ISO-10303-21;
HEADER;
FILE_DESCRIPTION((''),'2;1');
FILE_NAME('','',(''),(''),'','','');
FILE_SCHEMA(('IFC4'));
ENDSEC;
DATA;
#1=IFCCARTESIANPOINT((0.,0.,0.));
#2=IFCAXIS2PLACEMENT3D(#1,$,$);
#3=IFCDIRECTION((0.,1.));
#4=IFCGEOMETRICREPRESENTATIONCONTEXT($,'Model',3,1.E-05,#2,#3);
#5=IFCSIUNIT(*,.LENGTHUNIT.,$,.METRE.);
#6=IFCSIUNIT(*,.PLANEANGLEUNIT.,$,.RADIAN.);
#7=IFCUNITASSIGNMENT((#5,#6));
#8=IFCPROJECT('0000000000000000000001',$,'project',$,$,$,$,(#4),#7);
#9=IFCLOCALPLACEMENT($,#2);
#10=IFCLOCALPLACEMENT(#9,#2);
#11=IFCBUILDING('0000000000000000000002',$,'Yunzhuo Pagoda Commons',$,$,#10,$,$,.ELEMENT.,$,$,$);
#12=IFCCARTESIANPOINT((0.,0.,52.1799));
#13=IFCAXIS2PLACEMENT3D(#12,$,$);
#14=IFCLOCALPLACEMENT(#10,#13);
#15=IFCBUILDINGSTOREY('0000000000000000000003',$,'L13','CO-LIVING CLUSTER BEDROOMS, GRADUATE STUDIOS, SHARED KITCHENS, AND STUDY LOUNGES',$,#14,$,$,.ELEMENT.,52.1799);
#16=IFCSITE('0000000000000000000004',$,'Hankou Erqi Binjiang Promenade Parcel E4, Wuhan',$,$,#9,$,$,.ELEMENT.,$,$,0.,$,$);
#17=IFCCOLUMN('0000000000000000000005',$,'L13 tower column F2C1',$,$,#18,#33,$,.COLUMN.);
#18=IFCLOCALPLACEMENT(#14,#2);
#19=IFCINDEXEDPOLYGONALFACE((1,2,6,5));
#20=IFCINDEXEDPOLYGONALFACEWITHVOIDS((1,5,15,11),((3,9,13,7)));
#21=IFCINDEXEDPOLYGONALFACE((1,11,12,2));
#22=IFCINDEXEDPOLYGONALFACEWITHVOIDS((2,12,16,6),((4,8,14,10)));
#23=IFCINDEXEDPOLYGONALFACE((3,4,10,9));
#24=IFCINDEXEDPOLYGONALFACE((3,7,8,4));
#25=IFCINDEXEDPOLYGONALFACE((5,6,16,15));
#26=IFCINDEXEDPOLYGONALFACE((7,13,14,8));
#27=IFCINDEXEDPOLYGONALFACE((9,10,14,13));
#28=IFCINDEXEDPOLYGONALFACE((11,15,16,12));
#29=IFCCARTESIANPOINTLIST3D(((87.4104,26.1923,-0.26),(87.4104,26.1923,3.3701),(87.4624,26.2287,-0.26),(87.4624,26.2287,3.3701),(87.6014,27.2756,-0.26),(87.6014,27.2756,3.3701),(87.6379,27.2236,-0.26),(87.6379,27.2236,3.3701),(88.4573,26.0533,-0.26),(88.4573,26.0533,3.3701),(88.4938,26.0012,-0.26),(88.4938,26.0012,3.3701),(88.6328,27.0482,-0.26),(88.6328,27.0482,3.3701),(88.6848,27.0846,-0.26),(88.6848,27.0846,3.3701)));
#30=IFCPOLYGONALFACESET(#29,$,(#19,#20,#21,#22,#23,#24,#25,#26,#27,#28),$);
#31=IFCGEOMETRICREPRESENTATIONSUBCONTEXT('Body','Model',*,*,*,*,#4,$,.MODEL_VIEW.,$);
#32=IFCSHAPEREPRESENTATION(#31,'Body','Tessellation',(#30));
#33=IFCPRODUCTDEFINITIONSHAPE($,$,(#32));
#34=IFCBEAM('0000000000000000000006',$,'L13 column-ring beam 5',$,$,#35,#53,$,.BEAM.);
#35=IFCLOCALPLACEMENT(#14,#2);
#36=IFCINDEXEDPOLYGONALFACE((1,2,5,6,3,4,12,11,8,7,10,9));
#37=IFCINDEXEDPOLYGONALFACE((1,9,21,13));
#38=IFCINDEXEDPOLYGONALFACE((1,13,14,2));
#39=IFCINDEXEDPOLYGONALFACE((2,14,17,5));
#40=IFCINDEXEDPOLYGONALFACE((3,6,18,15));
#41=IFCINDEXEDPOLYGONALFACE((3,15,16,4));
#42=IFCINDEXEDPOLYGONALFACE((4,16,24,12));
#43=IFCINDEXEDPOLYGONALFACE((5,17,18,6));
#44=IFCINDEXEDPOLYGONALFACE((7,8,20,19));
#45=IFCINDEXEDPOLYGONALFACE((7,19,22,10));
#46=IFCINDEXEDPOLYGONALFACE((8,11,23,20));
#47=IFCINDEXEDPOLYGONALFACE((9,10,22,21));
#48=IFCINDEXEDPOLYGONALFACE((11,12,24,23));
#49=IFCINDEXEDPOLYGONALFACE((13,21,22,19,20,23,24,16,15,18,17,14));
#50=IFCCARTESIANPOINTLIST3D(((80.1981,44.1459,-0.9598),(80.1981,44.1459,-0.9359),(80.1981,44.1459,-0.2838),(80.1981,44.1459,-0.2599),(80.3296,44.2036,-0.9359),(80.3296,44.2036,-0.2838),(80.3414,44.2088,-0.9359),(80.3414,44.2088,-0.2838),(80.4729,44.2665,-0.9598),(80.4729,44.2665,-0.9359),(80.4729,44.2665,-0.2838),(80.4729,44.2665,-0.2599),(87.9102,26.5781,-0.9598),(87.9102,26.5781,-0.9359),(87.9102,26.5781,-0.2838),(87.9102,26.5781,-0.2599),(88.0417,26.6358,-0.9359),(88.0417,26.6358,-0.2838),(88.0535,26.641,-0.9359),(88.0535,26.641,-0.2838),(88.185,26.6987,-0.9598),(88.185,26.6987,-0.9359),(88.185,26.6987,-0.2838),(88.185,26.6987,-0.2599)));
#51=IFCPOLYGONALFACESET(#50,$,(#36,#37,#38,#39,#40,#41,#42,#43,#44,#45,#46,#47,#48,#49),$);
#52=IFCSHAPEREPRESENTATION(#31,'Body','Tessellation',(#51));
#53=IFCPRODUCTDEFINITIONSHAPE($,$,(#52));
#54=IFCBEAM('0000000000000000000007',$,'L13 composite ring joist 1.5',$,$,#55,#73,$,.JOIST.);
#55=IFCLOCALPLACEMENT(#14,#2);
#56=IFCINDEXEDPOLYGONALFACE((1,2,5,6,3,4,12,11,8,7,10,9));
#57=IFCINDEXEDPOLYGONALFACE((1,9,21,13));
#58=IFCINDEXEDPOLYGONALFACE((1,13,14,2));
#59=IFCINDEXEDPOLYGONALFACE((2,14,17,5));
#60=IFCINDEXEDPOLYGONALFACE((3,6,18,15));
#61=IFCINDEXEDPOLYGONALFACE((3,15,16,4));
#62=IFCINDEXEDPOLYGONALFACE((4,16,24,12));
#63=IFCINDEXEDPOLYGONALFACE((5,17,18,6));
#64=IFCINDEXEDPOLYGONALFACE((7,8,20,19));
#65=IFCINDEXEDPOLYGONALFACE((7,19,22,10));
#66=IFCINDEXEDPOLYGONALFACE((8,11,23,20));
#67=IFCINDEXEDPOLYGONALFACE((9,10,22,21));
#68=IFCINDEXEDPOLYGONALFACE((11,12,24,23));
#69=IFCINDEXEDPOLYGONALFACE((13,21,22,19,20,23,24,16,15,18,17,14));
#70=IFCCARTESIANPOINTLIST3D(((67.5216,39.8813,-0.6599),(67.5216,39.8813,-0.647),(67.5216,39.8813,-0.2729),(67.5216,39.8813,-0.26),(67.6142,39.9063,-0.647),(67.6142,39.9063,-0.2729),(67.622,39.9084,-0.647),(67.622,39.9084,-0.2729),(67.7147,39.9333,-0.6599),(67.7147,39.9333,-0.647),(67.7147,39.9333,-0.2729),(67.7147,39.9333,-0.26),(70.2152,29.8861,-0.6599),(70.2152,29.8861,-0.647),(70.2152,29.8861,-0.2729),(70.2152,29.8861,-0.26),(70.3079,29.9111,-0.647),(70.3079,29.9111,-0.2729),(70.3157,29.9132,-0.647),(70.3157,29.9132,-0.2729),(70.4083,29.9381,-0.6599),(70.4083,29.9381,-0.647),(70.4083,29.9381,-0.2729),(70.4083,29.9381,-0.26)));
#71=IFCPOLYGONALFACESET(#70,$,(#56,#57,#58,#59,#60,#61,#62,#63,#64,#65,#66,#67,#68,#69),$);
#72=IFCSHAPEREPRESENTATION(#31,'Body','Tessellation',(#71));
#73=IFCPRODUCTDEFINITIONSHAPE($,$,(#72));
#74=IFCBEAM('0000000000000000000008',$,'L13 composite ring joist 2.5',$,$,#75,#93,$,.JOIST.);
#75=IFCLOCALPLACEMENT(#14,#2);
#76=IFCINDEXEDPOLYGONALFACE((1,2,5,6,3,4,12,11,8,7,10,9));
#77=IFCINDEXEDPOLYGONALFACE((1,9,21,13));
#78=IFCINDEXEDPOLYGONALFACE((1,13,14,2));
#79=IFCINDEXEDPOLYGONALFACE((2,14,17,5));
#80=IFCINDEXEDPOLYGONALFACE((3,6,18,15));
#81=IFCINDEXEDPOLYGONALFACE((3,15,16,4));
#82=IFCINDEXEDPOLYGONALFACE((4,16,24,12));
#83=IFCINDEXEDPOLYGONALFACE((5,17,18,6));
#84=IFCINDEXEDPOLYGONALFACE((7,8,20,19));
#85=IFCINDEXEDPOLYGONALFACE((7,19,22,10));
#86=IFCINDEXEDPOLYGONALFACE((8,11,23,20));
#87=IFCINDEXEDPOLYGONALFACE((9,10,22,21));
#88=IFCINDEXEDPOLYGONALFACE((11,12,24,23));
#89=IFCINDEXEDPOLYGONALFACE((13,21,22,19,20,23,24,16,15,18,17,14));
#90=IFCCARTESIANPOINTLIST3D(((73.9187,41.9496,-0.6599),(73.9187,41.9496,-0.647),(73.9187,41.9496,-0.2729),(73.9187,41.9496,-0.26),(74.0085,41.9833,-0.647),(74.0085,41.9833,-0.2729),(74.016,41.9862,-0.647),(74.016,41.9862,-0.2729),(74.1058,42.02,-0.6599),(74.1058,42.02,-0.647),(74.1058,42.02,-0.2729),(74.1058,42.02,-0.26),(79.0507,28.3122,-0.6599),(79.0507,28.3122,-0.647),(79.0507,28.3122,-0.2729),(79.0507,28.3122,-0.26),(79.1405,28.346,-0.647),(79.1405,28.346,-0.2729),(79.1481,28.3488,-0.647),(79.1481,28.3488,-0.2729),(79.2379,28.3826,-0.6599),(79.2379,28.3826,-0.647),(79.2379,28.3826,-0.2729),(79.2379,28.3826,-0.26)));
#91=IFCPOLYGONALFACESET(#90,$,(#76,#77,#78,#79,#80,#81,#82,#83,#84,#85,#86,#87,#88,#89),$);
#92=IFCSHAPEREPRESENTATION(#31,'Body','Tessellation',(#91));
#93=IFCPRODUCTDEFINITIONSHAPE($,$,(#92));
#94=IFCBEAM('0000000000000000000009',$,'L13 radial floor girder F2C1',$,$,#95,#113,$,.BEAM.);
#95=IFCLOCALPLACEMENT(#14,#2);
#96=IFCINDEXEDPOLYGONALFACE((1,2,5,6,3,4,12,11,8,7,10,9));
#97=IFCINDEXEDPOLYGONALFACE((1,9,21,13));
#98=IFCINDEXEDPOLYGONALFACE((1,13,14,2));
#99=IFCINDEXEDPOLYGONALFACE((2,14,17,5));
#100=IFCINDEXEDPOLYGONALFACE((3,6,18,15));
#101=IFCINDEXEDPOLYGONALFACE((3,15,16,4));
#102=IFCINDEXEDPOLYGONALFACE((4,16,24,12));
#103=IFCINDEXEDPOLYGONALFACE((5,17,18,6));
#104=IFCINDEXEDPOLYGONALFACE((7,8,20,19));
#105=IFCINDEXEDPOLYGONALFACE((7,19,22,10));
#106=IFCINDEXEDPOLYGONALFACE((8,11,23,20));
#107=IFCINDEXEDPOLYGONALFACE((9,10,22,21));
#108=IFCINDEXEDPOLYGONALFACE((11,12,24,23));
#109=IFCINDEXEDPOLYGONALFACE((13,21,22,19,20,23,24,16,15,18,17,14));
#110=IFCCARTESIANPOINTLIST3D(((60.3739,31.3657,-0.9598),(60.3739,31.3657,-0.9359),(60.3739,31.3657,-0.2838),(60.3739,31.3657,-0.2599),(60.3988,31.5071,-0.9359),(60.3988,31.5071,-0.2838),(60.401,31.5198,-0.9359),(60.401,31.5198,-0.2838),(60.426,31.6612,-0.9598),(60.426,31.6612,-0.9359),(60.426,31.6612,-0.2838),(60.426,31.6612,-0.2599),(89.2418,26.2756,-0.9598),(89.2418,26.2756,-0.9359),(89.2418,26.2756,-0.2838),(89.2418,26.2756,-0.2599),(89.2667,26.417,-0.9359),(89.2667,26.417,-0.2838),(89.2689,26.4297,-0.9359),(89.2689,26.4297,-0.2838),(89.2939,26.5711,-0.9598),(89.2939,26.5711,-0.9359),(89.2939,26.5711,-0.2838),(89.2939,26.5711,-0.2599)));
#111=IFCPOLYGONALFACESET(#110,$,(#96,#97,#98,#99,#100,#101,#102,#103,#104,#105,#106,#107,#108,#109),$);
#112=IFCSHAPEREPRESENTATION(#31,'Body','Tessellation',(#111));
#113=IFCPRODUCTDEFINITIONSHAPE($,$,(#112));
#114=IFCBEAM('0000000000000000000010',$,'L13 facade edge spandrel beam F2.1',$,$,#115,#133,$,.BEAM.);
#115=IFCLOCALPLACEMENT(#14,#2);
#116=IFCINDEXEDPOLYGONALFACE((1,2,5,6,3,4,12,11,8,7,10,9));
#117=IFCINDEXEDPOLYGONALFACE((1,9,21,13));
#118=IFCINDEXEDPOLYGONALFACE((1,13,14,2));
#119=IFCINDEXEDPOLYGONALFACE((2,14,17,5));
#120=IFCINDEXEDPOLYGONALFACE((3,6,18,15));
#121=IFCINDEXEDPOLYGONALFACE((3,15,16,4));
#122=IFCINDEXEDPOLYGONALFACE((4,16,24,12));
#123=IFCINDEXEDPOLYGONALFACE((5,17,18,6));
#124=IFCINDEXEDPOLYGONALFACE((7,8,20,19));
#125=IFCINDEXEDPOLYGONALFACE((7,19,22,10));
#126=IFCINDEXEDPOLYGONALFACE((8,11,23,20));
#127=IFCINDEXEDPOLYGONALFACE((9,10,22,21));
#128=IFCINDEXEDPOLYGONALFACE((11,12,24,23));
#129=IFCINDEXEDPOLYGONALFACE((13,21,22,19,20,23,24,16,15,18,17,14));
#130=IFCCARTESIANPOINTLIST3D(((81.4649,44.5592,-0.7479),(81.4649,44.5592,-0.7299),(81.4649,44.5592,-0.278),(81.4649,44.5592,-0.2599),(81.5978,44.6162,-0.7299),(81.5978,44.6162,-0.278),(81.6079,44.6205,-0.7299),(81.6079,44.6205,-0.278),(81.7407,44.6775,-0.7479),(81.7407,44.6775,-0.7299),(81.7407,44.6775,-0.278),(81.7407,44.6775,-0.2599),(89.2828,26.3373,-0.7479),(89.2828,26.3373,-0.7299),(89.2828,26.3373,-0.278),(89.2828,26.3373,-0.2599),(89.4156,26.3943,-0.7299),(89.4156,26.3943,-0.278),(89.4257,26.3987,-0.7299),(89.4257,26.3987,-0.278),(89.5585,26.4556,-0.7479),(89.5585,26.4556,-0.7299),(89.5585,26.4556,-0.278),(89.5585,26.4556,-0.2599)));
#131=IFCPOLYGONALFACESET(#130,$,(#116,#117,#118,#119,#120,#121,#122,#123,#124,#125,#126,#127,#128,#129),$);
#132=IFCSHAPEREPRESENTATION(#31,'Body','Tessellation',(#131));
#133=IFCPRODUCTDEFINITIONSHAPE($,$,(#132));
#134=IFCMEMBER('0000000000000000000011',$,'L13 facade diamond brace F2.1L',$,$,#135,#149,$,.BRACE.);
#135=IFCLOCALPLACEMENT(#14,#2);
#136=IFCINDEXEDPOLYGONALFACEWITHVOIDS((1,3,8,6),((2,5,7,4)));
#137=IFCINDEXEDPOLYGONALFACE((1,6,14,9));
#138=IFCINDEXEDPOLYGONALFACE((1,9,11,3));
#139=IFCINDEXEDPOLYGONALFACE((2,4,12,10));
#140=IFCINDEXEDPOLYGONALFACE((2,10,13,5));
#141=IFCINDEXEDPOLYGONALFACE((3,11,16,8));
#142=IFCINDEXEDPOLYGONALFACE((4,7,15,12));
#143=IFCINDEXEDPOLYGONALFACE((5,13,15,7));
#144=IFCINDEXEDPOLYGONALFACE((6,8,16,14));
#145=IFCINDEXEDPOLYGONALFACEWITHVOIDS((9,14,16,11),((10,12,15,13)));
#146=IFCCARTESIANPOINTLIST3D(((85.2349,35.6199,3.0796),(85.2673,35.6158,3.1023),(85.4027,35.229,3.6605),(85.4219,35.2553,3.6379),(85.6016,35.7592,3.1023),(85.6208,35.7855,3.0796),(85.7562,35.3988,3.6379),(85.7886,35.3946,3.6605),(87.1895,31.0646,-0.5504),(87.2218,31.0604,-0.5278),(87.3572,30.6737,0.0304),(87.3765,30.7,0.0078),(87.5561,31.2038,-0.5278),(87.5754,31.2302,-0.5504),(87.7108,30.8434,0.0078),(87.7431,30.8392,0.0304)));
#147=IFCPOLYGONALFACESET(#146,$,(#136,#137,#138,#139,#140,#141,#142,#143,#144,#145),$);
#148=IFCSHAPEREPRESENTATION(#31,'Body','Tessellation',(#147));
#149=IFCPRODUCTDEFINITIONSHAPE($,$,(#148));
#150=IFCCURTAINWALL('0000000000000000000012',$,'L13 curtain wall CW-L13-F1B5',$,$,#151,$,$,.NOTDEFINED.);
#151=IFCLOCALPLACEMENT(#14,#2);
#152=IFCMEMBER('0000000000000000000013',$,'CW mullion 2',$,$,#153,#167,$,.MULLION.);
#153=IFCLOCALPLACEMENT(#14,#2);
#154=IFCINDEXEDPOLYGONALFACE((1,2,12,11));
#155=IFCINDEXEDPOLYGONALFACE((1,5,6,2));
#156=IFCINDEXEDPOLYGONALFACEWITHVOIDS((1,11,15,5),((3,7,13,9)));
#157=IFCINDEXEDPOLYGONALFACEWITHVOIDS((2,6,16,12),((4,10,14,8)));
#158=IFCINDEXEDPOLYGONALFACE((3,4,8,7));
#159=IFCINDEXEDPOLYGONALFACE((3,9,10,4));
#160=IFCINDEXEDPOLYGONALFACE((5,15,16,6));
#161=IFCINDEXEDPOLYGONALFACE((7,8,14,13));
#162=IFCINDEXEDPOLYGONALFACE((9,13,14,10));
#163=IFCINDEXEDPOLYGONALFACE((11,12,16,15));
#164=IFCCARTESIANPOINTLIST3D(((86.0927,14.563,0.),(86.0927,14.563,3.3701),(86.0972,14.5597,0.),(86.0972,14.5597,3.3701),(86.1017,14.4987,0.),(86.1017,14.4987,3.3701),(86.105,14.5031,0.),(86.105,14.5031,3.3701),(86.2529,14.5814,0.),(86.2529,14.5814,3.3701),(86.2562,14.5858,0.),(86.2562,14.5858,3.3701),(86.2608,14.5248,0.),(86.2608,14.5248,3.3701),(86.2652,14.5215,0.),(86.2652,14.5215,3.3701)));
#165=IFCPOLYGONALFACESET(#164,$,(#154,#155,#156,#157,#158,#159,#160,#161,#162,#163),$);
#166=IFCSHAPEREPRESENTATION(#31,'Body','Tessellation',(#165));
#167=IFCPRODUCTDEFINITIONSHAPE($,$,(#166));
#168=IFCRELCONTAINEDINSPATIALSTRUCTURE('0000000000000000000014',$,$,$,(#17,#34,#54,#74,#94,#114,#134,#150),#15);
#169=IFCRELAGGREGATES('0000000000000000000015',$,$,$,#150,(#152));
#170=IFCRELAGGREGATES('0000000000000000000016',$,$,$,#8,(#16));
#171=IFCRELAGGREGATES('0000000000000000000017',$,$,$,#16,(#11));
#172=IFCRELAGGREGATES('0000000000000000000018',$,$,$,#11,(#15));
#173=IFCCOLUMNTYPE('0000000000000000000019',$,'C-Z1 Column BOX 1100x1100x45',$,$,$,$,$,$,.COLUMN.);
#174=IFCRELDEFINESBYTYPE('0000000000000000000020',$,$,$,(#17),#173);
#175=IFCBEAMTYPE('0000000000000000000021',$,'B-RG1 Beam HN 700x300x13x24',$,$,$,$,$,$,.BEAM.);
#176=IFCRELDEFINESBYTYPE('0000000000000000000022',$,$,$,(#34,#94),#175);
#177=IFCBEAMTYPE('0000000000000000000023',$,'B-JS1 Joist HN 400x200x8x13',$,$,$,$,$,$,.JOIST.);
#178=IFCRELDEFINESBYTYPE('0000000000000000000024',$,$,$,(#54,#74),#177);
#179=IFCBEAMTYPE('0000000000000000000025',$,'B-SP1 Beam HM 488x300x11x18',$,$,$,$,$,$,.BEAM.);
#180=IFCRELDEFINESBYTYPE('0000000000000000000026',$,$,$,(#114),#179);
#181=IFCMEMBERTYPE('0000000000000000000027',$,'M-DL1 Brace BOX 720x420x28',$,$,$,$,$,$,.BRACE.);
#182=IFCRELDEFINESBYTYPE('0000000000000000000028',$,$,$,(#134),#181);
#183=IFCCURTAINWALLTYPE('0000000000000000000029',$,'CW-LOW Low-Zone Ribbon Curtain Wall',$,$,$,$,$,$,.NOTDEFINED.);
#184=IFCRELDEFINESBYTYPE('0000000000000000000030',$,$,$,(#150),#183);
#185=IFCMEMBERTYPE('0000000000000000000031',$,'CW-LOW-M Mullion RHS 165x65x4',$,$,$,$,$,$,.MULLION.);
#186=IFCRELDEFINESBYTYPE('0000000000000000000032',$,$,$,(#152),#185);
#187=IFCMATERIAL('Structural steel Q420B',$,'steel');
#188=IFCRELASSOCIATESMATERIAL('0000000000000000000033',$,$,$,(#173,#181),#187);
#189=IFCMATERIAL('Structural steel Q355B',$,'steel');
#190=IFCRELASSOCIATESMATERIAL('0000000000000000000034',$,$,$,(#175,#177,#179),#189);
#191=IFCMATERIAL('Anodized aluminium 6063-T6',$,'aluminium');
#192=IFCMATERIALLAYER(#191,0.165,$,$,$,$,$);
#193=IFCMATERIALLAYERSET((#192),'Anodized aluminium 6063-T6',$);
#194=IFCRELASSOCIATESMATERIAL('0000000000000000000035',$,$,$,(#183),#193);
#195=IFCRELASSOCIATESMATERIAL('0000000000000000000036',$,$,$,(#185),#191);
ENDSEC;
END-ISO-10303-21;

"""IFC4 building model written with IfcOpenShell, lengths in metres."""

from ifc_helpers import new_model, si_unit, direction, frame, origin, origin_2d, place, context, subcontext, project, spatial, hollow_rectangle, i_section, extrude, source, transform, mapped, material, layer, layer_set, material_profile, profile_set, type_object, element, aggregate, save


model = new_model("IFC4")

# Units and contexts
model_context = context("Model", 3, precision=1e-05, world=origin(), true_north=direction((0.0, 1.0)))
body_context = subcontext(model_context, "Body", "Model", "MODEL_VIEW")
ifc_project = project(units=[si_unit("LENGTHUNIT", "METRE"), si_unit("PLANEANGLEUNIT", "RADIAN")], contexts=[model_context])

# Site, building, storey
site_placement = place(None, origin())
site = spatial("IfcSite", under=ifc_project, at=site_placement, Name="Hankou Erqi Binjiang Promenade Parcel E4, Wuhan", CompositionType="ELEMENT", RefElevation=0.0)
building_placement = place(site_placement, origin())
building = spatial("IfcBuilding", under=site, at=building_placement, Name="Yunzhuo Pagoda Commons", CompositionType="ELEMENT")
storey_placement = place(building_placement, frame((0.0, 0.0, 52.1799)))
storey = spatial("IfcBuildingStorey", under=building, at=storey_placement, Name="L13", Description="CO-LIVING CLUSTER BEDROOMS, GRADUATE STUDIOS, SHARED KITCHENS, AND STUDY LOUNGES", CompositionType="ELEMENT", Elevation=52.1799)

# Column
ifc_material_1 = material(Name="Structural steel Q420B", Category="steel")
ifc_material_profile_1 = material_profile(ifc_material_1, hollow_rectangle(XDim=1.1001, YDim=1.1001, WallThickness=0.0449, at=origin_2d()), Name="Structural steel Q420B")
ifc_profile_set_1 = profile_set([ifc_material_profile_1], Name="Structural steel Q420B")
column_type = type_object("IfcColumnType", Name="C-Z1 Column BOX 1100x1100x45", PredefinedType="COLUMN", material=ifc_profile_set_1)
shared_shape_1 = source(origin(), body_context, "Body", "SweptSolid", [
    extrude(hollow_rectangle(XDim=1.1001, YDim=1.1001, WallThickness=0.0449, at=origin_2d()), origin(), (0.0, 0.0, 1.0), 3.6301),
])
column_placement = place(storey_placement, frame((88.0476, 26.6384, -0.26), z_axis=(0.0, 0.0, 1.0), x_axis=(0.173648, 0.984808, 0.0)))
element("IfcColumn", 1, at=column_placement, inside=storey, type_object=column_type, Name="L13 tower column F2C1", PredefinedType="COLUMN", context=body_context, shape_type="MappedRepresentation", body=[
    mapped(shared_shape_1, transform((0.0, 0.0, 0.0), scale=1.0)),
])

# Beams
ifc_material_2 = material(Name="Structural steel Q355B", Category="steel")
ifc_material_profile_2 = material_profile(ifc_material_2, i_section(OverallWidth=0.3, OverallDepth=0.7, WebThickness=0.0129, FlangeThickness=0.0239, at=origin_2d()), Name="Structural steel Q355B")
ifc_profile_set_2 = profile_set([ifc_material_profile_2], Name="Structural steel Q355B")
beam_type_1 = type_object("IfcBeamType", Name="B-RG1 Beam HN 700x300x13x24", PredefinedType="BEAM", material=ifc_profile_set_2)
shared_shape_2 = source(origin(), body_context, "Body", "SweptSolid", [
    extrude(i_section(OverallWidth=0.3, OverallDepth=0.7, WebThickness=0.0129, FlangeThickness=0.0239, at=origin_2d()), origin(), (0.0, 0.0, 1.0), 19.186),
])
beam_1_placement = place(storey_placement, frame((88.0476, 26.6384, -0.6099), z_axis=(-0.401965, 0.915655, 0.0), x_axis=(-0.915655, -0.401965, 0.0)))
element("IfcBeam", 2, at=beam_1_placement, inside=storey, type_object=beam_type_1, Name="L13 column-ring beam 5", PredefinedType="BEAM", context=body_context, shape_type="MappedRepresentation", body=[
    mapped(shared_shape_2, transform((0.0, 0.0, 0.0), scale=1.0)),
])
ifc_material_profile_3 = material_profile(ifc_material_2, i_section(OverallWidth=0.2, OverallDepth=0.3999, WebThickness=0.0081, FlangeThickness=0.0129, at=origin_2d()), Name="Structural steel Q355B")
ifc_profile_set_3 = profile_set([ifc_material_profile_3], Name="Structural steel Q355B")
beam_type_2 = type_object("IfcBeamType", Name="B-JS1 Joist HN 400x200x8x13", PredefinedType="JOIST", material=ifc_profile_set_3)
shared_shape_3 = source(origin(), body_context, "Body", "SweptSolid", [
    extrude(i_section(OverallWidth=0.2, OverallDepth=0.3999, WebThickness=0.0081, FlangeThickness=0.0129, at=origin_2d()), origin(), (0.0, 0.0, 1.0), 10.3518),
])
beam_2_placement = place(storey_placement, frame((70.3118, 29.9121, -0.46), z_axis=(-0.260209, 0.965552, 0.0), x_axis=(-0.965552, -0.260209, 0.0)))
element("IfcBeam", 3, at=beam_2_placement, inside=storey, type_object=beam_type_2, Name="L13 composite ring joist 1.5", PredefinedType="JOIST", context=body_context, shape_type="MappedRepresentation", body=[
    mapped(shared_shape_3, transform((0.0, 0.0, 0.0), scale=1.0)),
])
shared_shape_4 = source(origin(), body_context, "Body", "SweptSolid", [
    extrude(i_section(OverallWidth=0.2, OverallDepth=0.3999, WebThickness=0.0081, FlangeThickness=0.0129, at=origin_2d()), origin(), (0.0, 0.0, 1.0), 14.571),
])
beam_3_placement = place(storey_placement, frame((79.1443, 28.3474, -0.46), z_axis=(-0.352208, 0.935922, 0.0), x_axis=(-0.935922, -0.352208, 0.0)))
element("IfcBeam", 4, at=beam_3_placement, inside=storey, type_object=beam_type_2, Name="L13 composite ring joist 2.5", PredefinedType="JOIST", context=body_context, shape_type="MappedRepresentation", body=[
    mapped(shared_shape_4, transform((0.0, 0.0, 0.0), scale=1.0)),
])
shared_shape_5 = source(origin(), body_context, "Body", "SweptSolid", [
    extrude(i_section(OverallWidth=0.3, OverallDepth=0.7, WebThickness=0.0129, FlangeThickness=0.0239, at=origin_2d()), origin(), (0.0, 0.0, 1.0), 29.3132),
])
beam_4_placement = place(storey_placement, frame((89.2678, 26.4233, -0.6099), z_axis=(-0.984808, 0.173645, 0.0), x_axis=(-0.173645, -0.984808, 0.0)))
element("IfcBeam", 5, at=beam_4_placement, inside=storey, type_object=beam_type_1, Name="L13 radial floor girder F2C1", PredefinedType="BEAM", context=body_context, shape_type="MappedRepresentation", body=[
    mapped(shared_shape_5, transform((0.0, 0.0, 0.0), scale=1.0)),
])
ifc_material_profile_4 = material_profile(ifc_material_2, i_section(OverallWidth=0.3, OverallDepth=0.488, WebThickness=0.011, FlangeThickness=0.0181, at=origin_2d()), Name="Structural steel Q355B")
ifc_profile_set_4 = profile_set([ifc_material_profile_4], Name="Structural steel Q355B")
beam_type_3 = type_object("IfcBeamType", Name="B-SP1 Beam HM 488x300x11x18", PredefinedType="BEAM", material=ifc_profile_set_4)
shared_shape_6 = source(origin(), body_context, "Body", "SweptSolid", [
    extrude(i_section(OverallWidth=0.3, OverallDepth=0.488, WebThickness=0.011, FlangeThickness=0.0181, at=origin_2d()), origin(), (0.0, 0.0, 1.0), 19.8281),
])
beam_5_placement = place(storey_placement, frame((89.4207, 26.3965, -0.5039), z_axis=(-0.39428, 0.91899, 0.0), x_axis=(-0.91899, -0.39428, 0.0)))
element("IfcBeam", 6, at=beam_5_placement, inside=storey, type_object=beam_type_3, Name="L13 facade edge spandrel beam F2.1", PredefinedType="BEAM", context=body_context, shape_type="MappedRepresentation", body=[
    mapped(shared_shape_6, transform((0.0, 0.0, 0.0), scale=1.0)),
])

# Member
ifc_material_profile_5 = material_profile(ifc_material_1, hollow_rectangle(XDim=0.4199, YDim=0.72, WallThickness=0.0281, at=origin_2d()), Name="Structural steel Q420B")
ifc_profile_set_5 = profile_set([ifc_material_profile_5], Name="Structural steel Q420B")
member_type_1 = type_object("IfcMemberType", Name="M-DL1 Brace BOX 720x420x28", PredefinedType="BRACE", material=ifc_profile_set_5)
shared_shape_7 = source(origin(), body_context, "Body", "SweptSolid", [
    extrude(hollow_rectangle(XDim=0.4199, YDim=0.72, WallThickness=0.0281, at=origin_2d()), origin(), (0.0, 0.0, 1.0), 6.144),
])
member_1_placement = place(storey_placement, frame((87.4663, 30.9519, -0.26), z_axis=(-0.318124, 0.741429, 0.59083), x_axis=(-0.918979, -0.394306, 0.0)))
element("IfcMember", 7, at=member_1_placement, inside=storey, type_object=member_type_1, Name="L13 facade diamond brace F2.1L", PredefinedType="BRACE", context=body_context, shape_type="MappedRepresentation", body=[
    mapped(shared_shape_7, transform((0.0, 0.0, 0.0), scale=1.0)),
])

# Curtain wall, member
ifc_material_3 = material(Name="Anodized aluminium 6063-T6", Category="aluminium")
ifc_layer_1 = layer(ifc_material_3, 0.165)
ifc_layer_set_1 = layer_set([ifc_layer_1], Name="Anodized aluminium 6063-T6")
curtain_wall_type = type_object("IfcCurtainWallType", Name="CW-LOW Low-Zone Ribbon Curtain Wall", PredefinedType="NOTDEFINED", material=ifc_layer_set_1)
curtain_wall_1_placement = place(storey_placement, origin())
curtain_wall_1 = element("IfcCurtainWall", 8, at=curtain_wall_1_placement, inside=storey, type_object=curtain_wall_type, Name="L13 curtain wall CW-L13-F1B5", PredefinedType="NOTDEFINED")
ifc_material_profile_6 = material_profile(ifc_material_3, hollow_rectangle(XDim=0.0649, YDim=0.165, WallThickness=0.0039, at=origin_2d()), Name="Anodized aluminium 6063-T6")
ifc_profile_set_6 = profile_set([ifc_material_profile_6], Name="Anodized aluminium 6063-T6")
member_type_2 = type_object("IfcMemberType", Name="CW-LOW-M Mullion RHS 165x65x4", PredefinedType="MULLION", material=ifc_profile_set_6)
shared_shape_8 = source(origin(), body_context, "Body", "SweptSolid", [
    extrude(hollow_rectangle(XDim=0.0649, YDim=0.165, WallThickness=0.0039, at=origin_2d()), origin(), (0.0, 0.0, 1.0), 3.3701),
])
member_2_placement = place(storey_placement, frame((86.179, 14.5422, 0.0), z_axis=(0.0, 0.0, 1.0), x_axis=(-0.137905, 0.990445, 0.0)))
member_2 = element("IfcMember", 9, at=member_2_placement, type_object=member_type_2, Name="CW mullion 2", PredefinedType="MULLION", context=body_context, shape_type="MappedRepresentation", body=[
    mapped(shared_shape_8, transform((0.0, 0.0, 0.0), scale=1.0)),
])

aggregate(curtain_wall_1, [member_2])

save(model, "model.ifc")
